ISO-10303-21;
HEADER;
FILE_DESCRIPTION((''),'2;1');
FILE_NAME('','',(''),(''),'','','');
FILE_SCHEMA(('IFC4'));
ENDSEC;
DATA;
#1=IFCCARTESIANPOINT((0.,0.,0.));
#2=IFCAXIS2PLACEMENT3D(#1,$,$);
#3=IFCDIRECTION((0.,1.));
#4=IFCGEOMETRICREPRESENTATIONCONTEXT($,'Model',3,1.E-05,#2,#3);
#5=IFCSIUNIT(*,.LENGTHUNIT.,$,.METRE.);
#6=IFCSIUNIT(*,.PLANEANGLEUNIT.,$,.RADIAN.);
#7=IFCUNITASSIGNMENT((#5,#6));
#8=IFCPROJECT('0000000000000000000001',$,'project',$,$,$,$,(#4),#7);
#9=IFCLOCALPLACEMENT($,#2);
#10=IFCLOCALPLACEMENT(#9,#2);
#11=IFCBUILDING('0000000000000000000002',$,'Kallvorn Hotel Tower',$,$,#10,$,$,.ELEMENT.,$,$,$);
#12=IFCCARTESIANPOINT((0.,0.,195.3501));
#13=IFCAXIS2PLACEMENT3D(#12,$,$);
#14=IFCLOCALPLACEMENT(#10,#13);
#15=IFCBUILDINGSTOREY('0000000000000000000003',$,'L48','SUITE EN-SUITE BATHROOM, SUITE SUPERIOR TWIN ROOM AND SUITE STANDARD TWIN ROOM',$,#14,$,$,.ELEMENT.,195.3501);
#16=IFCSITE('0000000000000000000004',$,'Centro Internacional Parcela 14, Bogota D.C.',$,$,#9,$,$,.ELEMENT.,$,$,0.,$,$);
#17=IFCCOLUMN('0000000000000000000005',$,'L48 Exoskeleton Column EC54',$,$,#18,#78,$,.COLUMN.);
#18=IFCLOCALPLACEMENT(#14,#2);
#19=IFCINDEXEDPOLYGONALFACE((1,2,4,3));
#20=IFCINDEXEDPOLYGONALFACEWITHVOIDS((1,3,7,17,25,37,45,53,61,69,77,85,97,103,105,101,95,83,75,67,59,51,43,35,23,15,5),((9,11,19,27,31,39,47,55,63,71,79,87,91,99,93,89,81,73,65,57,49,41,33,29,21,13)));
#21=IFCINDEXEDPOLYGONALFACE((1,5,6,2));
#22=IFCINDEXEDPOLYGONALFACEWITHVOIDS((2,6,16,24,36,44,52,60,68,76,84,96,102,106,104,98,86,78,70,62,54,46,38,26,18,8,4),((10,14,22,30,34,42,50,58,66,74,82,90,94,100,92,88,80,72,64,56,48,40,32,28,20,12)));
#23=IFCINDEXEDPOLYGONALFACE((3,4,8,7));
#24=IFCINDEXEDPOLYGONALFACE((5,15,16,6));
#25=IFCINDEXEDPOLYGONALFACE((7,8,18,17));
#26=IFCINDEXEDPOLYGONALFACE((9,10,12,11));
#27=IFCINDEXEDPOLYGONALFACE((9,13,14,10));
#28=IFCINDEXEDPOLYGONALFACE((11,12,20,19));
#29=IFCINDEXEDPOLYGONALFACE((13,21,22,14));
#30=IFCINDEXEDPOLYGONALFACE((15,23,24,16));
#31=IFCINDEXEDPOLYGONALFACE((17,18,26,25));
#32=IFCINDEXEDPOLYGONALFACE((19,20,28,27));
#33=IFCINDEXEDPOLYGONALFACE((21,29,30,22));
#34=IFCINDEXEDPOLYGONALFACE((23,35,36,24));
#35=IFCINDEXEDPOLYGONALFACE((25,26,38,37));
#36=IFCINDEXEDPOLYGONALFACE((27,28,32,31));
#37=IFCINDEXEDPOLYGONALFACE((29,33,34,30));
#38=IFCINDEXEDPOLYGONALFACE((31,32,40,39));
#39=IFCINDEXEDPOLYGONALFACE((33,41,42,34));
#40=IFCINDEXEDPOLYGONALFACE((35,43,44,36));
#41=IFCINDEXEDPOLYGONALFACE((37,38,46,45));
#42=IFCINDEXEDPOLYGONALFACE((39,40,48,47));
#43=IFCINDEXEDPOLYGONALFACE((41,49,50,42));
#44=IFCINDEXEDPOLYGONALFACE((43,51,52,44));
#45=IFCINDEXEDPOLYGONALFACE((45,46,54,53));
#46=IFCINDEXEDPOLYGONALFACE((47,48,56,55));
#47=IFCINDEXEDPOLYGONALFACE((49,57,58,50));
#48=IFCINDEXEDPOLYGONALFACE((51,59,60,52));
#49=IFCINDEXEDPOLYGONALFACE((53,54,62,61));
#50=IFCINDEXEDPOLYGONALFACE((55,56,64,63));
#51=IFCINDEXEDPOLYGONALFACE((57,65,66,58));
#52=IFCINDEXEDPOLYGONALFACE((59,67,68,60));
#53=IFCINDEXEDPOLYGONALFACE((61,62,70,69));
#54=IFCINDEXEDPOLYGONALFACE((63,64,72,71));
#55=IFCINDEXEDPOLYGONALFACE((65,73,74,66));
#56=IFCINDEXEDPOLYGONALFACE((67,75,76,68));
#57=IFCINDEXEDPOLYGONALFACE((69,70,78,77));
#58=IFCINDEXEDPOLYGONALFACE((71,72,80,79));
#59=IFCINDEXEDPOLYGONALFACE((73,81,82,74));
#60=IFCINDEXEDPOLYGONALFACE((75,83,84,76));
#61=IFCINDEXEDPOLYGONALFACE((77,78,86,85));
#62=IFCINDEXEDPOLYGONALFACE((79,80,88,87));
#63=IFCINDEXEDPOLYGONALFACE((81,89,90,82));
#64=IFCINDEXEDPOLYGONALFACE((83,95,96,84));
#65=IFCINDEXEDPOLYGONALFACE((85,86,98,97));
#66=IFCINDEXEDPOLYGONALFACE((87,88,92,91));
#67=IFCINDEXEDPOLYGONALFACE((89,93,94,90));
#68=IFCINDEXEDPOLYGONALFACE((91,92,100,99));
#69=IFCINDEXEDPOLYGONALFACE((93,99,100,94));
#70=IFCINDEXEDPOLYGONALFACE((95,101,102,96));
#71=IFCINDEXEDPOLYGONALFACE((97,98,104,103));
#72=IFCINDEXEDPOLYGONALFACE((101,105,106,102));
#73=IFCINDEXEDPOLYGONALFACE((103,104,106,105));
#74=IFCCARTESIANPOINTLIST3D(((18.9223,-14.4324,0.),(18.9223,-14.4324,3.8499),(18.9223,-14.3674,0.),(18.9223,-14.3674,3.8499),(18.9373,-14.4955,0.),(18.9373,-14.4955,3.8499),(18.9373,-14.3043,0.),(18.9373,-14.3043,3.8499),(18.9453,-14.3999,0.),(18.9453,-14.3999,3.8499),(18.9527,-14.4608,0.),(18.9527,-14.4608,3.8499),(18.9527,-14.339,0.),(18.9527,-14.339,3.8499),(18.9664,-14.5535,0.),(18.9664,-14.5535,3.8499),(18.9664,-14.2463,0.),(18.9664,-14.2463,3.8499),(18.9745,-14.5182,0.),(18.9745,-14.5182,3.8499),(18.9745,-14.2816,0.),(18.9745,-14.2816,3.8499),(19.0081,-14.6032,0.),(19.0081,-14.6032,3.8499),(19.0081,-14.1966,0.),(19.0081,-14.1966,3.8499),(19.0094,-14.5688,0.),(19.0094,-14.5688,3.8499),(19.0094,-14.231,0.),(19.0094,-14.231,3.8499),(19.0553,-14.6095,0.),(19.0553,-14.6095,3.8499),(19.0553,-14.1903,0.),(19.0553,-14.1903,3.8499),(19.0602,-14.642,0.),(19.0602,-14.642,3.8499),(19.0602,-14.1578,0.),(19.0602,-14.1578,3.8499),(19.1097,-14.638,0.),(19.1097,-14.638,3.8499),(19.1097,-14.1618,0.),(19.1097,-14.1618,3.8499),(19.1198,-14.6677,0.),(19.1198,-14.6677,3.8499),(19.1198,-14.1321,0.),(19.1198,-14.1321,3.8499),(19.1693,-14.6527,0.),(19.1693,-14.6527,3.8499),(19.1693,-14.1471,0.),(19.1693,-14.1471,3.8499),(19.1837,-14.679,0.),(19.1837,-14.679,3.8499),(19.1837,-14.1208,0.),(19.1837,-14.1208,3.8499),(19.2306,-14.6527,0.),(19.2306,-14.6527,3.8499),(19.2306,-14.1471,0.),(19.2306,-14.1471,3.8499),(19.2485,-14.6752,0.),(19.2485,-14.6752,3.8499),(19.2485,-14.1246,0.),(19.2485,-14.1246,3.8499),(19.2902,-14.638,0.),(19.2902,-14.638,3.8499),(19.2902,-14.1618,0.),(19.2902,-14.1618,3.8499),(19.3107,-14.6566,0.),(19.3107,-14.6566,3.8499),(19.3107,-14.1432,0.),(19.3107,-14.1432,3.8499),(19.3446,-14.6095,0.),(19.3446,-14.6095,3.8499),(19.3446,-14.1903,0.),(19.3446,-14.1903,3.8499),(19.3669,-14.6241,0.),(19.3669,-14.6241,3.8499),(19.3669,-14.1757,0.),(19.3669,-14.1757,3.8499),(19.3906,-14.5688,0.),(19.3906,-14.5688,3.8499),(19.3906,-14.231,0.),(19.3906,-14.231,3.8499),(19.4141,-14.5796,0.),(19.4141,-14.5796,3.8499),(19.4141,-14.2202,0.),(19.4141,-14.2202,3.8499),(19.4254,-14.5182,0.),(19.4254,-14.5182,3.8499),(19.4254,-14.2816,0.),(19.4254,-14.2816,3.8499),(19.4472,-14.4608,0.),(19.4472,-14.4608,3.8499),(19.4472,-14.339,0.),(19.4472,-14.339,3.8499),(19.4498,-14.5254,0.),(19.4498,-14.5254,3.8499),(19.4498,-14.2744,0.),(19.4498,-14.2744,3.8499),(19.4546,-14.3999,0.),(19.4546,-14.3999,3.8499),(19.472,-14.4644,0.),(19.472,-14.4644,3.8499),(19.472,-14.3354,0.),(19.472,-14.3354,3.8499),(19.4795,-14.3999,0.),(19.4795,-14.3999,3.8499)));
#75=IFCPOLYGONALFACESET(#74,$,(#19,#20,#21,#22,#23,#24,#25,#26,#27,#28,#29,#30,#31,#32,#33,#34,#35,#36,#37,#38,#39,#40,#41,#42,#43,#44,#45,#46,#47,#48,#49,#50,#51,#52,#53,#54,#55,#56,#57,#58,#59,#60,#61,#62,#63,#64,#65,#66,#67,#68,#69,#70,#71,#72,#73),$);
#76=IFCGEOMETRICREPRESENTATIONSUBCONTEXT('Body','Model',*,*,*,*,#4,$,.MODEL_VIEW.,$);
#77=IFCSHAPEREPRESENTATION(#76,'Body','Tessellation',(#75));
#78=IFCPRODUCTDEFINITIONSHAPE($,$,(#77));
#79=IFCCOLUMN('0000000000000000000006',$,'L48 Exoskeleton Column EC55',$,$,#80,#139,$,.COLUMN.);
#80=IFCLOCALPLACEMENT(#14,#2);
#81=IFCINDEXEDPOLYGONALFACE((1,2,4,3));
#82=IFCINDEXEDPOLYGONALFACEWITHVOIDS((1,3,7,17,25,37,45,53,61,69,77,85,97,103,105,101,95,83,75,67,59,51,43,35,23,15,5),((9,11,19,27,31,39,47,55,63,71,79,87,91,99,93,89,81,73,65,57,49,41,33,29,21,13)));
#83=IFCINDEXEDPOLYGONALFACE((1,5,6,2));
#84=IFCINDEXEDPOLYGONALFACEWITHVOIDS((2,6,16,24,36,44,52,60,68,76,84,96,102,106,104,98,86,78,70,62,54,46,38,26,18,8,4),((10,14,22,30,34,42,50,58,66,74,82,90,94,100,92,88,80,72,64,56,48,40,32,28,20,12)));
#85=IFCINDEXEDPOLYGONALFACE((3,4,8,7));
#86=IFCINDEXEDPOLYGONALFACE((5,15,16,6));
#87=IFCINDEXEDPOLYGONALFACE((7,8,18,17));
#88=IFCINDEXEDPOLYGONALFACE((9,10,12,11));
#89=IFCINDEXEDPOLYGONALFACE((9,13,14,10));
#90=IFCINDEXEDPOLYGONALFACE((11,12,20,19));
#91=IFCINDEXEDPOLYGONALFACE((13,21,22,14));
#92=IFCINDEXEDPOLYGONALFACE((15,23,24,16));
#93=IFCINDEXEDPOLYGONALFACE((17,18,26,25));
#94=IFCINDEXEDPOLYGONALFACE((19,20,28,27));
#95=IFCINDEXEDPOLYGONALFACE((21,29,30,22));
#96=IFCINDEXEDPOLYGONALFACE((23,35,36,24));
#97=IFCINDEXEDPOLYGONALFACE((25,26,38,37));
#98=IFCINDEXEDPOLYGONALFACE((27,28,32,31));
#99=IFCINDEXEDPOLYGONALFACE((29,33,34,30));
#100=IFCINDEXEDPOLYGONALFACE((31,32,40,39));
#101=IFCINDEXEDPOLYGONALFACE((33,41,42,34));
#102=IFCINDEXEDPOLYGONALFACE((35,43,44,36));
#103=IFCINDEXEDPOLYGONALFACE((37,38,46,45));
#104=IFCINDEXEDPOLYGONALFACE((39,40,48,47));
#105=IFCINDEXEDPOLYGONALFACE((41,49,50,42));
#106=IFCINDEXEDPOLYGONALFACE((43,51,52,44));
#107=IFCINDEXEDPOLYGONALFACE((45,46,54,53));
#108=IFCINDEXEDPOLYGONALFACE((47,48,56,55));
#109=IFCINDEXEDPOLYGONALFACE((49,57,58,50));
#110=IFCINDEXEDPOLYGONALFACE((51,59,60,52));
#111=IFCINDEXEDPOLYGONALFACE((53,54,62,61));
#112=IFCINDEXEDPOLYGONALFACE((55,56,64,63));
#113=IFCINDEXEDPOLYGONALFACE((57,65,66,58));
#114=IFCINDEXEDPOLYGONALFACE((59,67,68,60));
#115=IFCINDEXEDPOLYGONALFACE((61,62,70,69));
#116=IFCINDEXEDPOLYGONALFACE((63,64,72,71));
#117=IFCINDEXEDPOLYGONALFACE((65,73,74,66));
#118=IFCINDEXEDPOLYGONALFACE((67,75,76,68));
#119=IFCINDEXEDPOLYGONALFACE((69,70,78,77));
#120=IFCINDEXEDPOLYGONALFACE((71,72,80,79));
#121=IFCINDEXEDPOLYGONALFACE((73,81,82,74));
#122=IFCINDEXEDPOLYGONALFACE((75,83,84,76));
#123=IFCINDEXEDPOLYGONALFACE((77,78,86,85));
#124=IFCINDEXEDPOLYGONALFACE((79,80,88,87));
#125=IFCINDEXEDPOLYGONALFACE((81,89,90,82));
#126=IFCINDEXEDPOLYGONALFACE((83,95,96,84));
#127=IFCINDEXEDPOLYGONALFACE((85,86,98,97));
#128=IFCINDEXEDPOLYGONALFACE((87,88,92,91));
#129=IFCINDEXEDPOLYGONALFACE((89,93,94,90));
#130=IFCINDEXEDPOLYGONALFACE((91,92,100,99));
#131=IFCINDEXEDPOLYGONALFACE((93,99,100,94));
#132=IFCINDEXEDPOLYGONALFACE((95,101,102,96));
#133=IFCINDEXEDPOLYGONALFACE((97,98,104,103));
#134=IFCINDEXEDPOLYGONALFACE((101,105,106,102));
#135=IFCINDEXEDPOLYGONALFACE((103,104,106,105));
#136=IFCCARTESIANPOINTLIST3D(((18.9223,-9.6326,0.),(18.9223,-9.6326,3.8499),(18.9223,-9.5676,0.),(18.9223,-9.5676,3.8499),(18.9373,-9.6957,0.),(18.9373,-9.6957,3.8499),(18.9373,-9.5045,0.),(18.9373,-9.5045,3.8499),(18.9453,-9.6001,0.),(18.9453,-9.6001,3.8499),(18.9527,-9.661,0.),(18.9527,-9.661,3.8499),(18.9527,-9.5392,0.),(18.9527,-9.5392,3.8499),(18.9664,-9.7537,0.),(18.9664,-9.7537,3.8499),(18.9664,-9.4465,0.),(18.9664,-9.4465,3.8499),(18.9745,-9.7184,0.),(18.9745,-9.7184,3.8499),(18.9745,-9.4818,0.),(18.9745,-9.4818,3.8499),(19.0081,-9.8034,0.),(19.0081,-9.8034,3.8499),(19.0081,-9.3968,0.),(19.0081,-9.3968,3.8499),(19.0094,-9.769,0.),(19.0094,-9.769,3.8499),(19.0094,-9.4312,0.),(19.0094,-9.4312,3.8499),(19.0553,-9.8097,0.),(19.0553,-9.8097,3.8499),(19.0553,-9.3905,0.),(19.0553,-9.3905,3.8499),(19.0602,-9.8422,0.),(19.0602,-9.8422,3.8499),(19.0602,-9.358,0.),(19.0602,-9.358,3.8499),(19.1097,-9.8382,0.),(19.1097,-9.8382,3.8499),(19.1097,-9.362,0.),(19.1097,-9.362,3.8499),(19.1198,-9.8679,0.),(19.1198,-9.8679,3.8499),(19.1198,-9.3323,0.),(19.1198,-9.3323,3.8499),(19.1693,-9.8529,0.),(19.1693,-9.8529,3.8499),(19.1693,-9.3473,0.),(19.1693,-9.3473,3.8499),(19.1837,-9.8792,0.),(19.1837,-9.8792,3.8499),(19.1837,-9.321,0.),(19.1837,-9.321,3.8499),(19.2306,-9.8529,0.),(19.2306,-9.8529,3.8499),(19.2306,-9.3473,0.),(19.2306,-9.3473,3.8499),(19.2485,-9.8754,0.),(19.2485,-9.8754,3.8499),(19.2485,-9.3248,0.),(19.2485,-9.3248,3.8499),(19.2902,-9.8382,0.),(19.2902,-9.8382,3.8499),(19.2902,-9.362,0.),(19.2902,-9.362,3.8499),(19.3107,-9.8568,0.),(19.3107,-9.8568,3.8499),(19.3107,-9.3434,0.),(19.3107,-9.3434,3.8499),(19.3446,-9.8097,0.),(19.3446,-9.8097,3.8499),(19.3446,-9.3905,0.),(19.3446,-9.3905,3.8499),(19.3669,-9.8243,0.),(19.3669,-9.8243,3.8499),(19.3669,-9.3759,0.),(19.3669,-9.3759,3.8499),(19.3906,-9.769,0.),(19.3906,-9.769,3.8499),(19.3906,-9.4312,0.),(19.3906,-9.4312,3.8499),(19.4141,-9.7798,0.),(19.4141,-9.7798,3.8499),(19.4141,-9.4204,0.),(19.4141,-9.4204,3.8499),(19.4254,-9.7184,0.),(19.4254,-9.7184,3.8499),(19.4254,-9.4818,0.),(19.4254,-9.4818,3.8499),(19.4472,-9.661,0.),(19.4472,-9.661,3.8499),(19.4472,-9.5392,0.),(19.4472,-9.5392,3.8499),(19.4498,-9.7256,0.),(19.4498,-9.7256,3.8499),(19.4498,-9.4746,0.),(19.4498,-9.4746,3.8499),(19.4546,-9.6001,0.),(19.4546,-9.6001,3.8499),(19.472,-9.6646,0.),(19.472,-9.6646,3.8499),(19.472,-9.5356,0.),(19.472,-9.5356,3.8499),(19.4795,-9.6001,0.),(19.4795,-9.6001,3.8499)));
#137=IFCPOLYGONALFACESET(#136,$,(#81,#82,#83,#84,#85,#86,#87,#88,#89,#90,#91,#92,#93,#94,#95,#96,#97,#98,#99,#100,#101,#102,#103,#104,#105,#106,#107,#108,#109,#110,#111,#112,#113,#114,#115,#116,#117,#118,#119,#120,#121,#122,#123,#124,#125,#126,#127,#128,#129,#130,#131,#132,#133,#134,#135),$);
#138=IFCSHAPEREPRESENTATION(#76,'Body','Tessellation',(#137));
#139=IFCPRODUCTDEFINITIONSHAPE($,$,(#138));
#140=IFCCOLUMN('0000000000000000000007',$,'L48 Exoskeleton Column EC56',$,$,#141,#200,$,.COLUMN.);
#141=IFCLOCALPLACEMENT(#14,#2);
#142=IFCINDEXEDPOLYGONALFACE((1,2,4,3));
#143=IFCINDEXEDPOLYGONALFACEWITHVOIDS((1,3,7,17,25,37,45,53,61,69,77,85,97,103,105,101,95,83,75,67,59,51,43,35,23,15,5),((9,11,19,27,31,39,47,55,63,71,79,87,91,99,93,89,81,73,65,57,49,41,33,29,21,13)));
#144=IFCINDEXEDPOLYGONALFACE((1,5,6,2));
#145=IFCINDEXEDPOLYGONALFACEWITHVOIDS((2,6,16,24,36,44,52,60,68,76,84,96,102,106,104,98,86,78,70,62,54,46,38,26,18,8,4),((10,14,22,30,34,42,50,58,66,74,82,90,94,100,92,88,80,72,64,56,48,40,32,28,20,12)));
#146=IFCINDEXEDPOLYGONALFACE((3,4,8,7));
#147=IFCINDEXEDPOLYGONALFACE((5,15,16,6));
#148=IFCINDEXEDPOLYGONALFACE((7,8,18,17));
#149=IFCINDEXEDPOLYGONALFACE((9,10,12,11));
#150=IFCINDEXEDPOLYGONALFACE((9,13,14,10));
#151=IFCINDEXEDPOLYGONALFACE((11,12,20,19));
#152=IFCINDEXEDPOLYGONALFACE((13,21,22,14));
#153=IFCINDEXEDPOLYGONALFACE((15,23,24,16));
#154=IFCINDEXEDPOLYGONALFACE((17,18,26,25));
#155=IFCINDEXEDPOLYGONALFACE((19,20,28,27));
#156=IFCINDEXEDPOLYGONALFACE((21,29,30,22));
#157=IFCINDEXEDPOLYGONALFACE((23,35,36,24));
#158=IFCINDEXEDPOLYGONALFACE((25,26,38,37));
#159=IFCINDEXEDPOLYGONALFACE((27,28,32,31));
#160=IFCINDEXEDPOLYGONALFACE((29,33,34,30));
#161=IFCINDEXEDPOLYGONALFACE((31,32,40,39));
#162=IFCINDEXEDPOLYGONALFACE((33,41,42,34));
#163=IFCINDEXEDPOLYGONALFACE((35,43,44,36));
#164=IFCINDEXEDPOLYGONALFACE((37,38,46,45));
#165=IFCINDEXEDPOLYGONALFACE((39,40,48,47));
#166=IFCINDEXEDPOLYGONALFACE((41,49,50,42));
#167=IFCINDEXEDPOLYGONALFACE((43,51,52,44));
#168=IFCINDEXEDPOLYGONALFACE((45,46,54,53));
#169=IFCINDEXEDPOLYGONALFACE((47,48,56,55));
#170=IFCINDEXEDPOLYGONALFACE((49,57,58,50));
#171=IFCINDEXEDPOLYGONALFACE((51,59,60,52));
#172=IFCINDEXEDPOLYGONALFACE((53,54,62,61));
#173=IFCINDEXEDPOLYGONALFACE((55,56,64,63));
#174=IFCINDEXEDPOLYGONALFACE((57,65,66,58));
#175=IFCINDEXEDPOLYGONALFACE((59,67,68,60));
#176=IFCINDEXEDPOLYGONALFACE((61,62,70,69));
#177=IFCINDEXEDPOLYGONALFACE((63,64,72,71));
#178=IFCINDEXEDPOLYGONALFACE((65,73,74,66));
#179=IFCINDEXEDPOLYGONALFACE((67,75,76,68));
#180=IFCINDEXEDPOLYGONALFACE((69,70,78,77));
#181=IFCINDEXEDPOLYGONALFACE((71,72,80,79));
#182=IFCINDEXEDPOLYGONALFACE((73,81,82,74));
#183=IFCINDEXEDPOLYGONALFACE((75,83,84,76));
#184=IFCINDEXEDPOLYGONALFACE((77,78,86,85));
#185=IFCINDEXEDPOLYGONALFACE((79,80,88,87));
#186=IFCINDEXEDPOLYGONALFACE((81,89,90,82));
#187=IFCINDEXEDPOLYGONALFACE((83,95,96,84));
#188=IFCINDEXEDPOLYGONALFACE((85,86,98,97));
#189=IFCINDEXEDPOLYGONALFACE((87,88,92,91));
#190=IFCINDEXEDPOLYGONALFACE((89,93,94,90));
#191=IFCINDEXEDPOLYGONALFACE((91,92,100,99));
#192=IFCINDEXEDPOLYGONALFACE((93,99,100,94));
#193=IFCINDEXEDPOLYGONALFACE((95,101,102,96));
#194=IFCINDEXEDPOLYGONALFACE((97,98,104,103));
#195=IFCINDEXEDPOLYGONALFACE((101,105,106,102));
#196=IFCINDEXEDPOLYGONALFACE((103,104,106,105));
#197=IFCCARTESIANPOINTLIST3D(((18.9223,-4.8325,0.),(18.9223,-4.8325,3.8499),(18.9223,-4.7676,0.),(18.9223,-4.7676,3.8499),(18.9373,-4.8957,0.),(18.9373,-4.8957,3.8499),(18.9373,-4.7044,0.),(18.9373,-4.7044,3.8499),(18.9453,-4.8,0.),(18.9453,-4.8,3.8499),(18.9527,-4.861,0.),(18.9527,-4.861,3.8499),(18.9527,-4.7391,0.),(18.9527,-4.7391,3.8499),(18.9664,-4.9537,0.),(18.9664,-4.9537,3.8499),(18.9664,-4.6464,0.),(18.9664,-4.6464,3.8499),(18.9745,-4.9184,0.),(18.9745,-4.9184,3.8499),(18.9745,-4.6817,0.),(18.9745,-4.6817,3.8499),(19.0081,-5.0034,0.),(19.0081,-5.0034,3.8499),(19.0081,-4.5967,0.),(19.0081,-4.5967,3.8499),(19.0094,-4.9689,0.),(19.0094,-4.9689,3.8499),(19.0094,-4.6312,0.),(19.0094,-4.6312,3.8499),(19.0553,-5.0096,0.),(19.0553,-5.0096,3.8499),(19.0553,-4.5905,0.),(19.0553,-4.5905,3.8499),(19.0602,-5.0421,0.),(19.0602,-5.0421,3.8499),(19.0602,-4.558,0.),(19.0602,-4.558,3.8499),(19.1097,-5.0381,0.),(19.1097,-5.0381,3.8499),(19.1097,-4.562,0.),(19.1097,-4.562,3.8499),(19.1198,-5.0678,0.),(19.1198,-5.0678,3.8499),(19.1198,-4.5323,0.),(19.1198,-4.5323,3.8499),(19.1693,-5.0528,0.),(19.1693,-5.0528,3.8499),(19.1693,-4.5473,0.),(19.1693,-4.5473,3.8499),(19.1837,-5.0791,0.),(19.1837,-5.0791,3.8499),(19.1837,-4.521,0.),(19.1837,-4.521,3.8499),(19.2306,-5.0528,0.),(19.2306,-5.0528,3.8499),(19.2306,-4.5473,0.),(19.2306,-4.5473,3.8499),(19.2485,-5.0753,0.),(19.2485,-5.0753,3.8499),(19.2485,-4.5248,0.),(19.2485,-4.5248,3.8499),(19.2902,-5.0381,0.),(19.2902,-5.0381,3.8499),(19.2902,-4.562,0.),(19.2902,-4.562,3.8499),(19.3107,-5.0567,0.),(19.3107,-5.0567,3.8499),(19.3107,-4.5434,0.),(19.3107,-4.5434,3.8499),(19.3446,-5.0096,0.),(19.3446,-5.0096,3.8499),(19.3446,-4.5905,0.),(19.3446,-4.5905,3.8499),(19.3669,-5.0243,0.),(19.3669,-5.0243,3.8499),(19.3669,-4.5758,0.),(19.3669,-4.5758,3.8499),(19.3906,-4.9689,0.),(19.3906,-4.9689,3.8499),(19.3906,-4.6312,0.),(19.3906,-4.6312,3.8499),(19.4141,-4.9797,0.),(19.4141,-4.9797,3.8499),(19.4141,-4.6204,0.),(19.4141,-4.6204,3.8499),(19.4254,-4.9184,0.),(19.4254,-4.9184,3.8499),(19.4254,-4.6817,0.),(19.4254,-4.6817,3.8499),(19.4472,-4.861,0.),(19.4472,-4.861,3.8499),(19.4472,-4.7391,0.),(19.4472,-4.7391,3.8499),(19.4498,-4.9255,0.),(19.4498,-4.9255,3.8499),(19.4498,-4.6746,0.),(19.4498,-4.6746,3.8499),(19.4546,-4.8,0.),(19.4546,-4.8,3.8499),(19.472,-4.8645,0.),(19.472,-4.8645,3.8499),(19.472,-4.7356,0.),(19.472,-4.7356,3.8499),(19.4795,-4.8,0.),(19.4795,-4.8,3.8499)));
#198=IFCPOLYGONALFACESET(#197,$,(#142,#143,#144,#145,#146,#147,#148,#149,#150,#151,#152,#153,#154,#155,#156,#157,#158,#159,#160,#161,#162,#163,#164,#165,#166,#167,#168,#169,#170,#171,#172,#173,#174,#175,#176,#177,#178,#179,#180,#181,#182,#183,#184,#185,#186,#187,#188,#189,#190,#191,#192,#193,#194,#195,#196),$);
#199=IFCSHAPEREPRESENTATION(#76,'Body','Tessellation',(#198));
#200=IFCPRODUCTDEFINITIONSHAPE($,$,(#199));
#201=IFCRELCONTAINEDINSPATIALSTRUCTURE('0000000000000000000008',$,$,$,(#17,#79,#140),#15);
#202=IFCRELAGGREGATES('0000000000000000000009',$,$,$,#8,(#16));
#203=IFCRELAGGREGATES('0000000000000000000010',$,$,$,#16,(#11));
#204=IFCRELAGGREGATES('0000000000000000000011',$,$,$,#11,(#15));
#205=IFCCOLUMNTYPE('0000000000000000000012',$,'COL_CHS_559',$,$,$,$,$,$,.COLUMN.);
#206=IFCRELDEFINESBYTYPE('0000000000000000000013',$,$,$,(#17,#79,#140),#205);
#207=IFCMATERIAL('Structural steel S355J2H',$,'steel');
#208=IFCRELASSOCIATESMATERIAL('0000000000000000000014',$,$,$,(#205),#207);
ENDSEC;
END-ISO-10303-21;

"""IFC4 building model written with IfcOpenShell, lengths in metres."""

from ifc_helpers import new_model, si_unit, direction, frame, origin, origin_2d, place, context, subcontext, project, spatial, hollow_circle, extrude, material, material_profile, profile_set, type_object, element, save


model = new_model("IFC4")

# Units and contexts
model_context = context("Model", 3, precision=1e-05, world=origin(), true_north=direction((0.0, 1.0)))
body_context = subcontext(model_context, "Body", "Model", "MODEL_VIEW")
ifc_project = project(units=[si_unit("LENGTHUNIT", "METRE"), si_unit("PLANEANGLEUNIT", "RADIAN")], contexts=[model_context])

# Site, building, storey
site_placement = place(None, origin())
site = spatial("IfcSite", under=ifc_project, at=site_placement, Name="Centro Internacional Parcela 14, Bogota D.C.", CompositionType="ELEMENT", RefElevation=0.0)
building_placement = place(site_placement, origin())
building = spatial("IfcBuilding", under=site, at=building_placement, Name="Kallvorn Hotel Tower", CompositionType="ELEMENT")
storey_placement = place(building_placement, frame((0.0, 0.0, 195.3501)))
storey = spatial("IfcBuildingStorey", under=building, at=storey_placement, Name="L48", Description="SUITE EN-SUITE BATHROOM, SUITE SUPERIOR TWIN ROOM AND SUITE STANDARD TWIN ROOM", CompositionType="ELEMENT", Elevation=195.3501)

# Columns
ifc_material_1 = material(Name="Structural steel S355J2H", Category="steel")
ifc_material_profile_1 = material_profile(ifc_material_1, hollow_circle(Radius=0.2795, WallThickness=0.0249, at=origin_2d()), Name="CHS 559x25")
ifc_profile_set_1 = profile_set([ifc_material_profile_1], Name="Structural steel S355J2H")
column_type_1 = type_object("IfcColumnType", Name="COL_CHS_559", PredefinedType="COLUMN", material=ifc_profile_set_1)
for number, where, z_axis, x_axis, name in (
    (1, (19.2, -14.3999, 0.0), (0.0, 0.0, 1.0), (1.0, 0.0, 0.0), "L48 Exoskeleton Column EC54"),
    (2, (19.2, -9.6001, 0.0), (0.0, 0.0, 1.0), (1.0, 0.0, 0.0), "L48 Exoskeleton Column EC55"),
    (3, (19.2, -4.8, 0.0), (0.0, 0.0, 1.0), (1.0, 0.0, 0.0), "L48 Exoskeleton Column EC56"),
):
    element("IfcColumn", number, at=place(storey_placement, frame(where, z_axis=z_axis, x_axis=x_axis)), inside=storey, type_object=column_type_1, Name=name, PredefinedType="COLUMN", context=body_context, shape_type="SweptSolid", body=[
        extrude(hollow_circle(Radius=0.2795, WallThickness=0.0249, at=origin_2d()), origin(), (0.0, 0.0, 1.0), 3.8499),
    ])

save(model, "model.ifc")
